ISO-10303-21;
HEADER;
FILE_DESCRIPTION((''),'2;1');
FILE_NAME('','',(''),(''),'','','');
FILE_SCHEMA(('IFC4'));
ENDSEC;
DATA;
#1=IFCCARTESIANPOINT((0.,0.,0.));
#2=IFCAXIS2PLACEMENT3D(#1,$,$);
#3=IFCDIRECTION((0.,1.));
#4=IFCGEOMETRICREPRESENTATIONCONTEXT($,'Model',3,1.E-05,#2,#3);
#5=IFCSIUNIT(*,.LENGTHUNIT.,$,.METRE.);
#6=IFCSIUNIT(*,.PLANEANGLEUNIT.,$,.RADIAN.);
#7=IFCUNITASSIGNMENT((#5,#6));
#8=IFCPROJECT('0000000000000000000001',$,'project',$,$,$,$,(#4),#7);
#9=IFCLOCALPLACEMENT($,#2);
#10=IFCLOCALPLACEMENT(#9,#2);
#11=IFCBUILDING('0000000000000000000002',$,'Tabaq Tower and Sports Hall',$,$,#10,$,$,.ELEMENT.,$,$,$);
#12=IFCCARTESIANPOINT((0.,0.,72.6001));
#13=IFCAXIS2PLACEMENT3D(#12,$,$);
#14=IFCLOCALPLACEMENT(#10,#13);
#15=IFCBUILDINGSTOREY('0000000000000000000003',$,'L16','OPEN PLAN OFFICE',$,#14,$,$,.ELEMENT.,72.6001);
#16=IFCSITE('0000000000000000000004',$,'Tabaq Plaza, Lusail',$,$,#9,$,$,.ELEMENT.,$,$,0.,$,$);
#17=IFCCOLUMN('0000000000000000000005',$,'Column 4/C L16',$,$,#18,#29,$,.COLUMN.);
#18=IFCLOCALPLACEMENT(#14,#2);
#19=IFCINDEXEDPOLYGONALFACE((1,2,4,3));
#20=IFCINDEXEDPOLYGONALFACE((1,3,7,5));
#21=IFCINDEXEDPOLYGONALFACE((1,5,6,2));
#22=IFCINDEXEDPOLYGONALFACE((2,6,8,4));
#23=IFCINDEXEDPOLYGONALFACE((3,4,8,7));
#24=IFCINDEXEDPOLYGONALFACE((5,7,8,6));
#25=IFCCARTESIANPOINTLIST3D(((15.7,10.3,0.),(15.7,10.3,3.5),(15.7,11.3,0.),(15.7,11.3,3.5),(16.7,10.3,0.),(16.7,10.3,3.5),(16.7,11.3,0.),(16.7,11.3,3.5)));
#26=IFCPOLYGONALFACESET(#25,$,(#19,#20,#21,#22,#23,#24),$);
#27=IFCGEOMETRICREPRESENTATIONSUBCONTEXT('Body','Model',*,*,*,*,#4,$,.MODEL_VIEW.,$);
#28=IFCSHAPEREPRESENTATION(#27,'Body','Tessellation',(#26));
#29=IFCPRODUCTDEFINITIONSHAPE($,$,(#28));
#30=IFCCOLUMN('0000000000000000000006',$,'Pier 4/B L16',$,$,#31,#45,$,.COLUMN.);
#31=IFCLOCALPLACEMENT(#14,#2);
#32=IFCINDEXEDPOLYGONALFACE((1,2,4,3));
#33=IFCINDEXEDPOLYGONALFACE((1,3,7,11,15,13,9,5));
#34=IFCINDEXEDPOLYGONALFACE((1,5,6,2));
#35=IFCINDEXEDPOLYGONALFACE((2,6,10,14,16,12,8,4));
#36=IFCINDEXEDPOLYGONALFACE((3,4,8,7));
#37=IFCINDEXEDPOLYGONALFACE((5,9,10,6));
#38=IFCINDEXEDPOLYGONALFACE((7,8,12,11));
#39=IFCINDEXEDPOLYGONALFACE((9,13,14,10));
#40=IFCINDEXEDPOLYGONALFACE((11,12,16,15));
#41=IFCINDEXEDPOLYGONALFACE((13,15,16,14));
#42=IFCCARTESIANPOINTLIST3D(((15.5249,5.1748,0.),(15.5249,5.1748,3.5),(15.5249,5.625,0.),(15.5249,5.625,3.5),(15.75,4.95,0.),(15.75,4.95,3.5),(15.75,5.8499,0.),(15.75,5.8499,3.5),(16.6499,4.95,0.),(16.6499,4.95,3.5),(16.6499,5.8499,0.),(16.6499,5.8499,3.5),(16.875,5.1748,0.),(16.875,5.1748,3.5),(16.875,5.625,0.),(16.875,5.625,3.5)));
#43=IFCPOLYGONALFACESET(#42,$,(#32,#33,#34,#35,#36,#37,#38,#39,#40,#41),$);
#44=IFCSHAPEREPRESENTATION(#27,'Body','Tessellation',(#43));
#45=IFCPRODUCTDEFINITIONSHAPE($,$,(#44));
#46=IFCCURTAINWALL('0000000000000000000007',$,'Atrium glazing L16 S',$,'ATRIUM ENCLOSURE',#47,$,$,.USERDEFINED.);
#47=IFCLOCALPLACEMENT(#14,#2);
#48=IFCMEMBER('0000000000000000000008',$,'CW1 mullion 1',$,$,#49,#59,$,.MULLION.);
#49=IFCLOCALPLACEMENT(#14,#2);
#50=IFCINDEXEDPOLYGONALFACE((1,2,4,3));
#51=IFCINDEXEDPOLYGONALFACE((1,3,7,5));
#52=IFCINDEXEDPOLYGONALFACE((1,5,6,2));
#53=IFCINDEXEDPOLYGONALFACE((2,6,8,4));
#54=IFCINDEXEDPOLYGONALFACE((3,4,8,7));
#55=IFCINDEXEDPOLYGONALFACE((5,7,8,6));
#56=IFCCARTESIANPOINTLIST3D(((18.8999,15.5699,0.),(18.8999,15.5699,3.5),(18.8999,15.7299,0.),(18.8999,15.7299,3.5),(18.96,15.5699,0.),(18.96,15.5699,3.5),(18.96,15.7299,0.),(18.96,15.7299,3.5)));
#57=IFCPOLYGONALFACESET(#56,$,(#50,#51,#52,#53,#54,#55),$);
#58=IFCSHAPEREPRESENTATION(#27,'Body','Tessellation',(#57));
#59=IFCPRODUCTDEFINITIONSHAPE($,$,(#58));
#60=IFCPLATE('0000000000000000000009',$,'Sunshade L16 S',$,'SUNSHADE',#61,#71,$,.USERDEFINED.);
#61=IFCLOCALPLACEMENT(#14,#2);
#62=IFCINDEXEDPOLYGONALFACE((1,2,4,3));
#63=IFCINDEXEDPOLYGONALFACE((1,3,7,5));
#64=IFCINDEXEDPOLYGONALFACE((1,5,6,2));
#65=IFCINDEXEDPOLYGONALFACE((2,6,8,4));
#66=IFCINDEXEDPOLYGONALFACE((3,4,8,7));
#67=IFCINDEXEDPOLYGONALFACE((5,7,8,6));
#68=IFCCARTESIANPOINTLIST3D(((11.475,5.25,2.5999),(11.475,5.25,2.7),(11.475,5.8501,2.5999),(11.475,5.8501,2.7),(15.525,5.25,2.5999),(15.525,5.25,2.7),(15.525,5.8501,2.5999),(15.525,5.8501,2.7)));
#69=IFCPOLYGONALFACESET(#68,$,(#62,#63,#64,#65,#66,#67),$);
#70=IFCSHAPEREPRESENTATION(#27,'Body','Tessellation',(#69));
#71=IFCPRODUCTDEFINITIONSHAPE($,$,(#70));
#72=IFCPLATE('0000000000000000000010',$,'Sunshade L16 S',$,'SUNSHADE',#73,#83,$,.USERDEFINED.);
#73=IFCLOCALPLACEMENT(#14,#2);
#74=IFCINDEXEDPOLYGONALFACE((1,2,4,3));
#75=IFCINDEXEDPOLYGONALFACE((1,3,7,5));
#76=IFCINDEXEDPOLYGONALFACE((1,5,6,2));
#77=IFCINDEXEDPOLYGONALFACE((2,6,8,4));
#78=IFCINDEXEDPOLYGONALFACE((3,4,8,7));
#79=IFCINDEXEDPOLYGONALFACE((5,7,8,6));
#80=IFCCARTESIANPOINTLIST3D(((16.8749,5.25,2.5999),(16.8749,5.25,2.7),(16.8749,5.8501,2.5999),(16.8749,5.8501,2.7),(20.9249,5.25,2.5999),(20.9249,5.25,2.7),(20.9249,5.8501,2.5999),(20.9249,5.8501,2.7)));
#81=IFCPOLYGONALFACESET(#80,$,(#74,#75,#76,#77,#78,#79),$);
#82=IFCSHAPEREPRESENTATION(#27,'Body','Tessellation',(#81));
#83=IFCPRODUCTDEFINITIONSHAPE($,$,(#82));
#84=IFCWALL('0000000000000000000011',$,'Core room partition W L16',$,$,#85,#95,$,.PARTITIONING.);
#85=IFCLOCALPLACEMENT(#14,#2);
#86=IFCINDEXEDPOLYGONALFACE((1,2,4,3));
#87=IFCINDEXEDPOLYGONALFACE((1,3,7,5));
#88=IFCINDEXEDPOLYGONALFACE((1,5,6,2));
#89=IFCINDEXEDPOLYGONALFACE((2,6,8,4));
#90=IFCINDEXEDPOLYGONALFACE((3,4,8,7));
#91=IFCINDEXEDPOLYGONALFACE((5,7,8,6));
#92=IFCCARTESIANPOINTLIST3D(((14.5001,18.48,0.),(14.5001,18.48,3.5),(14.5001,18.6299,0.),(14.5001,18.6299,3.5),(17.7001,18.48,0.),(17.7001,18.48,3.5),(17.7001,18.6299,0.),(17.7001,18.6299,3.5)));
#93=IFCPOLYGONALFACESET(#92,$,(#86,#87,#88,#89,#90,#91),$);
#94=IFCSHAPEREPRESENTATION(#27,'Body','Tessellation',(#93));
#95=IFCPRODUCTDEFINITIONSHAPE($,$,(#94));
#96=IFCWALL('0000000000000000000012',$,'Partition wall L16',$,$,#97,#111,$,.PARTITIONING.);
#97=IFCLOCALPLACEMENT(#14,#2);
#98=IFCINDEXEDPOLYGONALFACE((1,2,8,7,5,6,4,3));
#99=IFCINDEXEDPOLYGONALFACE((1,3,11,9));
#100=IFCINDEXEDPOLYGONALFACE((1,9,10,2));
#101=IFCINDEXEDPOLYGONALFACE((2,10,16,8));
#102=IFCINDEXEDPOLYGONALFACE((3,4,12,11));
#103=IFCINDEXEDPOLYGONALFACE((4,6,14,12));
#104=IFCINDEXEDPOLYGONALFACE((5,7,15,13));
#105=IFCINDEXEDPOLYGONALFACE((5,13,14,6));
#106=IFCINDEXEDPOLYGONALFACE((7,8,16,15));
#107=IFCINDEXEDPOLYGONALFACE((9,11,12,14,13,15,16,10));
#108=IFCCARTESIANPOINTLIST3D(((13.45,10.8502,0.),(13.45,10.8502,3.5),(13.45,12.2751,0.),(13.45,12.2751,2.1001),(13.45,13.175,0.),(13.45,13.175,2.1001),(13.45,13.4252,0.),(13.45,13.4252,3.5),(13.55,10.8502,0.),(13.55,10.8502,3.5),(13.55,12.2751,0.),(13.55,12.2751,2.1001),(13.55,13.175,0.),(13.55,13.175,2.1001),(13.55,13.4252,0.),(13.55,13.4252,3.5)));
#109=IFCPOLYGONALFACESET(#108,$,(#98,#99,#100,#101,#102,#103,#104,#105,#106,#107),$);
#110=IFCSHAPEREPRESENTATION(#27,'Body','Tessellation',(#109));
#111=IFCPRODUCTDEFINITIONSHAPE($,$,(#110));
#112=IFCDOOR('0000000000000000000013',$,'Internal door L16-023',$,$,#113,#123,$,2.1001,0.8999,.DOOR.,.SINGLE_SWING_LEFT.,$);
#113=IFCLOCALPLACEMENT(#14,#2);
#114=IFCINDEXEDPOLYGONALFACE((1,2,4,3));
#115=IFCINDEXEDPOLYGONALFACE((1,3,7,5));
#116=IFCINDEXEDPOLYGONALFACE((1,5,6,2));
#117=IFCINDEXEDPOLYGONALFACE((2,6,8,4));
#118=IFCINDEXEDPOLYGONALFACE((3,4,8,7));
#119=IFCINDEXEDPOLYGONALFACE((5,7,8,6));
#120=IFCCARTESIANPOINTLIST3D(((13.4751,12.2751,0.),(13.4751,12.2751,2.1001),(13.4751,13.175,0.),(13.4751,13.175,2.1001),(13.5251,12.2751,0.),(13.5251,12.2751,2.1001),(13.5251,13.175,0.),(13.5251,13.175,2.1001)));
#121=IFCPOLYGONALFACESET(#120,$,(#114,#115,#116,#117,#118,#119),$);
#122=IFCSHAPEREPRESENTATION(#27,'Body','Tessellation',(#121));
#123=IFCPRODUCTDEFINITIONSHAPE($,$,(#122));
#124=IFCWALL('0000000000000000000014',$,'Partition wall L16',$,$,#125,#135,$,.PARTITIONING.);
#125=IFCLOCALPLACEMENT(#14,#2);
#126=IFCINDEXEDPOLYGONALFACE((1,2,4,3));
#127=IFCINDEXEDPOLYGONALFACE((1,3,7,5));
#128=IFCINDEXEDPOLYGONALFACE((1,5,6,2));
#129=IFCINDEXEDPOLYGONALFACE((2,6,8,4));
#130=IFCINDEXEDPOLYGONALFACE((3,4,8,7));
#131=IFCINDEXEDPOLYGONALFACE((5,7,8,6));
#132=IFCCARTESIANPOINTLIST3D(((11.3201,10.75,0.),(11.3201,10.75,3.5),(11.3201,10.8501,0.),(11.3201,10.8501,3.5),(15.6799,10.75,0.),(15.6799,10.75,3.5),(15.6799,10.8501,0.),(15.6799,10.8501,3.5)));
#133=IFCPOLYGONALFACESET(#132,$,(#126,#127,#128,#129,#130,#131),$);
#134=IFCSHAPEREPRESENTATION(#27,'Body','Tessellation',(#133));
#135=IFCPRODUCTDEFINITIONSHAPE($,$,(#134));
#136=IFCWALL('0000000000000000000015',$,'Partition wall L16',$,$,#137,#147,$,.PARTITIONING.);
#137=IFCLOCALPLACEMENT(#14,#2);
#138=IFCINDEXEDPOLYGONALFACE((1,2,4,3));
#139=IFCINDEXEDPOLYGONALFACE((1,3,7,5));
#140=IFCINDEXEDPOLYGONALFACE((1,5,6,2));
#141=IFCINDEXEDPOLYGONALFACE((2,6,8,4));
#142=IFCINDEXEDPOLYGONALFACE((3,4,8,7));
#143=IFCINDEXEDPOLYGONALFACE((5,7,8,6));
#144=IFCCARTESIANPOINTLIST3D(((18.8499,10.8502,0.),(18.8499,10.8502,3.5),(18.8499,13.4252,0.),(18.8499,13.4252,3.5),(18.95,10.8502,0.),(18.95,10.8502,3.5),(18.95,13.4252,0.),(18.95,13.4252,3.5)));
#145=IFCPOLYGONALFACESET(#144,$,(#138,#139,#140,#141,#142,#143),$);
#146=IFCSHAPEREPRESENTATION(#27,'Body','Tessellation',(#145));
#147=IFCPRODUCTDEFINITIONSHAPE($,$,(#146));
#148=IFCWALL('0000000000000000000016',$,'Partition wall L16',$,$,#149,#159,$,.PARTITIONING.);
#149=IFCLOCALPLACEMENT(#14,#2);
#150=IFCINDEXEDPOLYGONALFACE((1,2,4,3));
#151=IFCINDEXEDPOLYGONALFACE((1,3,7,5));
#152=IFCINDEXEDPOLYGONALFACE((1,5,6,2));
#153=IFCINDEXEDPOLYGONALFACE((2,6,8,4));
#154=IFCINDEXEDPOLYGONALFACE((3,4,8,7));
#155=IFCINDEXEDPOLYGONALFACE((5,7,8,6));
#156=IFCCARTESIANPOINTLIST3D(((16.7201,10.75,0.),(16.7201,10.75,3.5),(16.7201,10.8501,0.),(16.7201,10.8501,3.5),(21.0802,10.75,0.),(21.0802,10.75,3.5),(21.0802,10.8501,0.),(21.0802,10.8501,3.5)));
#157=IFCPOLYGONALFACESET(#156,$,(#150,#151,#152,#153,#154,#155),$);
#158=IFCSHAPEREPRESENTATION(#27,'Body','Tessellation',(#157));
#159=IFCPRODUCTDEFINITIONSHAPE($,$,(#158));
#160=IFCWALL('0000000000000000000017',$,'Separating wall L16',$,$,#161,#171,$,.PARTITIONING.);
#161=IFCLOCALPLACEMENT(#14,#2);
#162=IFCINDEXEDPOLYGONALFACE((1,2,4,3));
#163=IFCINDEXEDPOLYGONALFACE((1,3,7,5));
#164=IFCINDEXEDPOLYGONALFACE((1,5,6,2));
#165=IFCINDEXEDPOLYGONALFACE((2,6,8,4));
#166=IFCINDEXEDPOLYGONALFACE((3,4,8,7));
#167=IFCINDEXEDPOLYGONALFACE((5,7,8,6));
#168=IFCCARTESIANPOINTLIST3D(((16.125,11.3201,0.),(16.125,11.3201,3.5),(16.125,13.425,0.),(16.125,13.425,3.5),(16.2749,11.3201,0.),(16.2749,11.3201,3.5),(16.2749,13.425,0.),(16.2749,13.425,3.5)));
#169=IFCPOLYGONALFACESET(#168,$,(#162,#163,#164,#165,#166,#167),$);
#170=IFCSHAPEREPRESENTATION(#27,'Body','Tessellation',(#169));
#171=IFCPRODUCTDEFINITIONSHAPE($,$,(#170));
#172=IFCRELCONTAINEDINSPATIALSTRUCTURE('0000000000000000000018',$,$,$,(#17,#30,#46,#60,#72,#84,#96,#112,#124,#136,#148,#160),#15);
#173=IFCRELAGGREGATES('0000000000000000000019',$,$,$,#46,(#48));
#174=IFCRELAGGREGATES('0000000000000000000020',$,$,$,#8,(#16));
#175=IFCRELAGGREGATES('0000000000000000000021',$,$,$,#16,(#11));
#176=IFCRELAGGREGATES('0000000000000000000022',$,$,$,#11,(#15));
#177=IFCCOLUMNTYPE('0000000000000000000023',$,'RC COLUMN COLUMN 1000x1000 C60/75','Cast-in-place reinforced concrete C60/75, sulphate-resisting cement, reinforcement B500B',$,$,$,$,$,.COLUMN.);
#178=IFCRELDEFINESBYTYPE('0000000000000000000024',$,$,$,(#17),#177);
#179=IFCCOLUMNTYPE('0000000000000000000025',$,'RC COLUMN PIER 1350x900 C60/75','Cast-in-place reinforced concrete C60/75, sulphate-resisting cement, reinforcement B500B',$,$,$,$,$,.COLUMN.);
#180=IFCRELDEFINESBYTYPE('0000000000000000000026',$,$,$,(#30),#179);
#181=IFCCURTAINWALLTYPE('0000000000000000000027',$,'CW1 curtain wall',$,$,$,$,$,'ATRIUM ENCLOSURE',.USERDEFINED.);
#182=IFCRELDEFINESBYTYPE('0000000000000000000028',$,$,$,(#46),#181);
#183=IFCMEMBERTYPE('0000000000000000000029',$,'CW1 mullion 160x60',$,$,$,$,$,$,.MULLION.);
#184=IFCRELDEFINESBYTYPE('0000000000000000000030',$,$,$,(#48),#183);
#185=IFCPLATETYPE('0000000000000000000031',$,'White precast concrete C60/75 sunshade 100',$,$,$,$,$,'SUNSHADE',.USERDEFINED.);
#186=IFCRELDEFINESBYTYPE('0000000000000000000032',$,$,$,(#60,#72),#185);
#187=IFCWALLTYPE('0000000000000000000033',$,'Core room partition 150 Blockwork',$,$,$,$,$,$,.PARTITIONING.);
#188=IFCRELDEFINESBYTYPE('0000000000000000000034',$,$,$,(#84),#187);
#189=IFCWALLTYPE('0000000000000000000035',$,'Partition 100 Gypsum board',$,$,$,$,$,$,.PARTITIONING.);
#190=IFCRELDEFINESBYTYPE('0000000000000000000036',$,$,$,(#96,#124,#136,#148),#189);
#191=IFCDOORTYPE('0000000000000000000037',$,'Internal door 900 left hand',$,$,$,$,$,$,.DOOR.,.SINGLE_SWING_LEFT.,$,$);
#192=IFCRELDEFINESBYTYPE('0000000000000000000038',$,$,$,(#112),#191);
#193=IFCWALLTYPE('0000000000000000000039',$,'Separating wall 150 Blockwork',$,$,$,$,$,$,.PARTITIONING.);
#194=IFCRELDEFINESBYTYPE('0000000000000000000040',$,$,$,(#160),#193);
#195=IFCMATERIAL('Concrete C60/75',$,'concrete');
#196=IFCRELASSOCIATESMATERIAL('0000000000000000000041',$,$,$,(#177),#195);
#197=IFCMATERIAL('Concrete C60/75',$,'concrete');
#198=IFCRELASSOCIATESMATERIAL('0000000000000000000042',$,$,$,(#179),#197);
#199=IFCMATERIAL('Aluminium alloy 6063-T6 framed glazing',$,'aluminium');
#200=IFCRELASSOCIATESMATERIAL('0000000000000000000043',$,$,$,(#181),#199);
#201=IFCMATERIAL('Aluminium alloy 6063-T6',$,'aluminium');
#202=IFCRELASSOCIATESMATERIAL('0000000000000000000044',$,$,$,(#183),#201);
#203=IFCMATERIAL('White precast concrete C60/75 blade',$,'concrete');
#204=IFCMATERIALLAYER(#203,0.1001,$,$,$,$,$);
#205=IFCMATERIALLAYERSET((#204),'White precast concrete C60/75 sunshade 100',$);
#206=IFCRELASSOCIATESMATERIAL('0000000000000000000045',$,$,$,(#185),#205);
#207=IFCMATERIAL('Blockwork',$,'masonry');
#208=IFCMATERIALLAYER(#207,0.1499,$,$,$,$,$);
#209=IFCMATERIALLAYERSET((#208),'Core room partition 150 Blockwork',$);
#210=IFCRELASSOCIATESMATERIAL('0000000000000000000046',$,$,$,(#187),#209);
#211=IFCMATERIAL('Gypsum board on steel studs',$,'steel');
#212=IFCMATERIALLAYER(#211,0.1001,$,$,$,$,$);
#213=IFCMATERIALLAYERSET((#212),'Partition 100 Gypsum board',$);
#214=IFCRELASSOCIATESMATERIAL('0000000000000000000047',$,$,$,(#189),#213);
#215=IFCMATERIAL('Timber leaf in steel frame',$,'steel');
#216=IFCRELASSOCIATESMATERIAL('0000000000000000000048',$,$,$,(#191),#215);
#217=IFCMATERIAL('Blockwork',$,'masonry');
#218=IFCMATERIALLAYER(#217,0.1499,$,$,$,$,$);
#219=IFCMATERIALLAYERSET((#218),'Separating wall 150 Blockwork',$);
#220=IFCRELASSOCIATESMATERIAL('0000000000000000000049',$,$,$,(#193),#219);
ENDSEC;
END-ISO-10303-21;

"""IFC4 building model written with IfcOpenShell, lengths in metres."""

from ifc_helpers import new_model, si_unit, direction, frame, frame_2d, origin, origin_2d, place, context, subcontext, project, spatial, polyline, rectangle, outline, extrude, material, layer, layer_set, material_profile, profile_set, type_object, element, fill, aggregate, save


model = new_model("IFC4")

# Units and contexts
model_context = context("Model", 3, precision=1e-05, world=origin(), true_north=direction((0.0, 1.0)))
body_context = subcontext(model_context, "Body", "Model", "MODEL_VIEW")
ifc_project = project(units=[si_unit("LENGTHUNIT", "METRE"), si_unit("PLANEANGLEUNIT", "RADIAN")], contexts=[model_context])

# Site, building, storey
site_placement = place(None, origin())
site = spatial("IfcSite", under=ifc_project, at=site_placement, Name="Tabaq Plaza, Lusail", CompositionType="ELEMENT", RefElevation=0.0)
building_placement = place(site_placement, origin())
building = spatial("IfcBuilding", under=site, at=building_placement, Name="Tabaq Tower and Sports Hall", CompositionType="ELEMENT")
storey_placement = place(building_placement, frame((0.0, 0.0, 72.6001)))
storey = spatial("IfcBuildingStorey", under=building, at=storey_placement, Name="L16", Description="OPEN PLAN OFFICE", CompositionType="ELEMENT", Elevation=72.6001)

# Columns
ifc_material_1 = material(Name="Concrete C60/75", Category="concrete")
ifc_material_profile_1 = material_profile(ifc_material_1, rectangle(XDim=1.0, YDim=1.0, at=origin_2d()), Name="COLUMN 1000x1000")
ifc_profile_set_1 = profile_set([ifc_material_profile_1], Name="Concrete C60/75")
column_type_1 = type_object("IfcColumnType", Name="RC COLUMN COLUMN 1000x1000 C60/75", Description="Cast-in-place reinforced concrete C60/75, sulphate-resisting cement, reinforcement B500B", PredefinedType="COLUMN", material=ifc_profile_set_1)
column_1_placement = place(storey_placement, frame((16.2, 10.8, 0.0), z_axis=(0.0, 0.0, 1.0), x_axis=(1.0, 0.0, 0.0)))
element("IfcColumn", 1, at=column_1_placement, inside=storey, type_object=column_type_1, Name="Column 4/C L16", PredefinedType="COLUMN", context=body_context, shape_type="SweptSolid", body=[
    extrude(rectangle(XDim=1.0, YDim=1.0, at=origin_2d()), origin(), (0.0, 0.0, 1.0), 3.5),
])
ifc_material_2 = material(Name="Concrete C60/75", Category="concrete")
ifc_material_profile_2 = material_profile(ifc_material_2, outline(polyline([(-0.45, -0.45), (0.45, -0.45), (0.675, -0.2251), (0.675, 0.2251), (0.45, 0.45), (-0.45, 0.45), (-0.675, 0.2251), (-0.675, -0.2251), (-0.45, -0.45)])), Name="PIER 1350x900")
ifc_profile_set_2 = profile_set([ifc_material_profile_2], Name="Concrete C60/75")
column_type_2 = type_object("IfcColumnType", Name="RC COLUMN PIER 1350x900 C60/75", Description="Cast-in-place reinforced concrete C60/75, sulphate-resisting cement, reinforcement B500B", PredefinedType="COLUMN", material=ifc_profile_set_2)
column_2_placement = place(storey_placement, frame((16.2, 5.3999, 0.0), z_axis=(0.0, 0.0, 1.0), x_axis=(1.0, 0.0, 0.0)))
element("IfcColumn", 2, at=column_2_placement, inside=storey, type_object=column_type_2, Name="Pier 4/B L16", PredefinedType="COLUMN", context=body_context, shape_type="SweptSolid", body=[
    extrude(outline(polyline([(-0.45, -0.45), (0.45, -0.45), (0.675, -0.2251), (0.675, 0.2251), (0.45, 0.45), (-0.45, 0.45), (-0.675, 0.2251), (-0.675, -0.2251), (-0.45, -0.45)])), origin(), (0.0, 0.0, 1.0), 3.5),
])

# Curtain wall, member
ifc_material_3 = material(Name="Aluminium alloy 6063-T6 framed glazing", Category="aluminium")
curtain_wall_type = type_object("IfcCurtainWallType", Name="CW1 curtain wall", ElementType="ATRIUM ENCLOSURE", PredefinedType="USERDEFINED", material=ifc_material_3)
curtain_wall_placement = place(storey_placement, origin())
curtain_wall = element("IfcCurtainWall", 3, at=curtain_wall_placement, inside=storey, type_object=curtain_wall_type, Name="Atrium glazing L16 S", ObjectType="ATRIUM ENCLOSURE", PredefinedType="USERDEFINED")
ifc_material_4 = material(Name="Aluminium alloy 6063-T6", Category="aluminium")
ifc_material_profile_3 = material_profile(ifc_material_4, rectangle(XDim=0.1599, YDim=0.0601, at=origin_2d()), Name="MULLION 160x60")
ifc_profile_set_3 = profile_set([ifc_material_profile_3], Name="Aluminium alloy 6063-T6")
member_type = type_object("IfcMemberType", Name="CW1 mullion 160x60", PredefinedType="MULLION", material=ifc_profile_set_3)
member_placement = place(storey_placement, frame((18.9299, 15.6499, 0.0), z_axis=(0.0, 0.0, 1.0), x_axis=(0.0, 1.0, 0.0)))
member = element("IfcMember", 4, at=member_placement, type_object=member_type, Name="CW1 mullion 1", PredefinedType="MULLION", context=body_context, shape_type="SweptSolid", body=[
    extrude(rectangle(XDim=0.1599, YDim=0.0601, at=origin_2d()), origin(), (0.0, 0.0, 1.0), 3.5),
])
aggregate(curtain_wall, [member])

# Plates
ifc_material_5 = material(Name="White precast concrete C60/75 blade", Category="concrete")
ifc_layer_1 = layer(ifc_material_5, 0.1001)
ifc_layer_set_1 = layer_set([ifc_layer_1], Name="White precast concrete C60/75 sunshade 100")
plate_type = type_object("IfcPlateType", Name="White precast concrete C60/75 sunshade 100", ElementType="SUNSHADE", PredefinedType="USERDEFINED", material=ifc_layer_set_1)
for number, where, z_axis, x_axis, name in (
    (5, (13.5, 5.55, 2.5999), (0.0, 0.0, 1.0), (1.0, 0.0, 0.0), "Sunshade L16 S"),
    (6, (18.8999, 5.55, 2.5999), (0.0, 0.0, 1.0), (1.0, 0.0, 0.0), "Sunshade L16 S"),
):
    element("IfcPlate", number, at=place(storey_placement, frame(where, z_axis=z_axis, x_axis=x_axis)), inside=storey, type_object=plate_type, Name=name, ObjectType="SUNSHADE", PredefinedType="USERDEFINED", context=body_context, shape_type="SweptSolid", body=[
        extrude(rectangle(XDim=4.05, YDim=0.6001, at=origin_2d()), origin(), (0.0, 0.0, 1.0), 0.1001),
    ])

# Wall
ifc_material_6 = material(Name="Blockwork", Category="masonry")
ifc_layer_2 = layer(ifc_material_6, 0.1499)
ifc_layer_set_2 = layer_set([ifc_layer_2], Name="Core room partition 150 Blockwork")
wall_type_1 = type_object("IfcWallType", Name="Core room partition 150 Blockwork", PredefinedType="PARTITIONING", material=ifc_layer_set_2)
wall_1_placement = place(storey_placement, frame((14.5, 18.5549, 0.0), z_axis=(0.0, 0.0, 1.0), x_axis=(1.0, 0.0, 0.0)))
element("IfcWall", 7, at=wall_1_placement, inside=storey, type_object=wall_type_1, Name="Core room partition W L16", PredefinedType="PARTITIONING", context=body_context, shape_type="SweptSolid", body=[
    extrude(rectangle(XDim=3.2, YDim=0.1499, at=frame_2d((1.6001, 0.0))), origin(), (0.0, 0.0, 1.0), 3.5),
])

# Wall, opening, door
ifc_material_7 = material(Name="Gypsum board on steel studs", Category="steel")
ifc_layer_3 = layer(ifc_material_7, 0.1001)
ifc_layer_set_3 = layer_set([ifc_layer_3], Name="Partition 100 Gypsum board")
wall_type_2 = type_object("IfcWallType", Name="Partition 100 Gypsum board", PredefinedType="PARTITIONING", material=ifc_layer_set_3)
wall_2_placement = place(storey_placement, frame((13.5, 10.8501, 0.0), z_axis=(0.0, 0.0, 1.0), x_axis=(0.0, 1.0, 0.0)))
wall_2 = element("IfcWall", 8, at=wall_2_placement, inside=storey, type_object=wall_type_2, Name="Partition wall L16", PredefinedType="PARTITIONING", context=body_context, shape_type="SweptSolid", body=[
    extrude(rectangle(XDim=2.575, YDim=0.1001, at=frame_2d((1.2876, 0.0))), origin(), (0.0, 0.0, 1.0), 3.5),
])
opening_1_placement = place(wall_2_placement, frame((1.425, 0.0, 0.0)))
opening_1 = element("IfcOpeningElement", 9, at=opening_1_placement, cuts=wall_2, PredefinedType="OPENING", context=body_context, shape_type="SweptSolid", body=[
    extrude(rectangle(XDim=0.8999, YDim=2.1001, at=frame_2d((0.45, 1.05))), frame((0.0, 0.05, 0.0), z_axis=(0.0, -1.0, 0.0), x_axis=(1.0, 0.0, 0.0)), (0.0, 0.0, 1.0), 0.1001),
])
ifc_material_8 = material(Name="Timber leaf in steel frame", Category="steel")
door_type_1 = type_object("IfcDoorType", Name="Internal door 900 left hand", OperationType="SINGLE_SWING_LEFT", PredefinedType="DOOR", material=ifc_material_8)
door_1_placement = place(opening_1_placement, origin())
door_1 = element("IfcDoor", 10, at=door_1_placement, inside=storey, type_object=door_type_1, Name="Internal door L16-023", OperationType="SINGLE_SWING_LEFT", OverallHeight=2.1001, OverallWidth=0.8999, PredefinedType="DOOR", context=body_context, shape_type="SweptSolid", body=[
    extrude(rectangle(XDim=0.8999, YDim=2.1001, at=frame_2d((0.45, 1.05))), frame((0.0, 0.0249, 0.0), z_axis=(0.0, -1.0, 0.0), x_axis=(1.0, 0.0, 0.0)), (0.0, 0.0, 1.0), 0.05),
])
fill(opening_1, door_1)

# Walls
wall_3_placement = place(storey_placement, frame((11.3201, 10.8, 0.0), z_axis=(0.0, 0.0, 1.0), x_axis=(1.0, 0.0, 0.0)))
element("IfcWall", 11, at=wall_3_placement, inside=storey, type_object=wall_type_2, Name="Partition wall L16", PredefinedType="PARTITIONING", context=body_context, shape_type="SweptSolid", body=[
    extrude(rectangle(XDim=4.3599, YDim=0.1001, at=frame_2d((2.1799, 0.0))), origin(), (0.0, 0.0, 1.0), 3.5),
])
wall_4_placement = place(storey_placement, frame((18.8999, 10.8501, 0.0), z_axis=(0.0, 0.0, 1.0), x_axis=(0.0, 1.0, 0.0)))
element("IfcWall", 12, at=wall_4_placement, inside=storey, type_object=wall_type_2, Name="Partition wall L16", PredefinedType="PARTITIONING", context=body_context, shape_type="SweptSolid", body=[
    extrude(rectangle(XDim=2.575, YDim=0.1001, at=frame_2d((1.2876, 0.0))), origin(), (0.0, 0.0, 1.0), 3.5),
])
wall_5_placement = place(storey_placement, frame((16.72, 10.8, 0.0), z_axis=(0.0, 0.0, 1.0), x_axis=(1.0, 0.0, 0.0)))
element("IfcWall", 13, at=wall_5_placement, inside=storey, type_object=wall_type_2, Name="Partition wall L16", PredefinedType="PARTITIONING", context=body_context, shape_type="SweptSolid", body=[
    extrude(rectangle(XDim=4.3601, YDim=0.1001, at=frame_2d((2.1802, 0.0))), origin(), (0.0, 0.0, 1.0), 3.5),
])
ifc_material_9 = material(Name="Blockwork", Category="masonry")
ifc_layer_4 = layer(ifc_material_9, 0.1499)
ifc_layer_set_4 = layer_set([ifc_layer_4], Name="Separating wall 150 Blockwork")
wall_type_3 = type_object("IfcWallType", Name="Separating wall 150 Blockwork", PredefinedType="PARTITIONING", material=ifc_layer_set_4)
wall_6_placement = place(storey_placement, frame((16.2, 11.3201, 0.0), z_axis=(0.0, 0.0, 1.0), x_axis=(0.0, 1.0, 0.0)))
element("IfcWall", 14, at=wall_6_placement, inside=storey, type_object=wall_type_3, Name="Separating wall L16", PredefinedType="PARTITIONING", context=body_context, shape_type="SweptSolid", body=[
    extrude(rectangle(XDim=2.105, YDim=0.1499, at=frame_2d((1.0525, 0.0))), origin(), (0.0, 0.0, 1.0), 3.5),
])

save(model, "model.ifc")
